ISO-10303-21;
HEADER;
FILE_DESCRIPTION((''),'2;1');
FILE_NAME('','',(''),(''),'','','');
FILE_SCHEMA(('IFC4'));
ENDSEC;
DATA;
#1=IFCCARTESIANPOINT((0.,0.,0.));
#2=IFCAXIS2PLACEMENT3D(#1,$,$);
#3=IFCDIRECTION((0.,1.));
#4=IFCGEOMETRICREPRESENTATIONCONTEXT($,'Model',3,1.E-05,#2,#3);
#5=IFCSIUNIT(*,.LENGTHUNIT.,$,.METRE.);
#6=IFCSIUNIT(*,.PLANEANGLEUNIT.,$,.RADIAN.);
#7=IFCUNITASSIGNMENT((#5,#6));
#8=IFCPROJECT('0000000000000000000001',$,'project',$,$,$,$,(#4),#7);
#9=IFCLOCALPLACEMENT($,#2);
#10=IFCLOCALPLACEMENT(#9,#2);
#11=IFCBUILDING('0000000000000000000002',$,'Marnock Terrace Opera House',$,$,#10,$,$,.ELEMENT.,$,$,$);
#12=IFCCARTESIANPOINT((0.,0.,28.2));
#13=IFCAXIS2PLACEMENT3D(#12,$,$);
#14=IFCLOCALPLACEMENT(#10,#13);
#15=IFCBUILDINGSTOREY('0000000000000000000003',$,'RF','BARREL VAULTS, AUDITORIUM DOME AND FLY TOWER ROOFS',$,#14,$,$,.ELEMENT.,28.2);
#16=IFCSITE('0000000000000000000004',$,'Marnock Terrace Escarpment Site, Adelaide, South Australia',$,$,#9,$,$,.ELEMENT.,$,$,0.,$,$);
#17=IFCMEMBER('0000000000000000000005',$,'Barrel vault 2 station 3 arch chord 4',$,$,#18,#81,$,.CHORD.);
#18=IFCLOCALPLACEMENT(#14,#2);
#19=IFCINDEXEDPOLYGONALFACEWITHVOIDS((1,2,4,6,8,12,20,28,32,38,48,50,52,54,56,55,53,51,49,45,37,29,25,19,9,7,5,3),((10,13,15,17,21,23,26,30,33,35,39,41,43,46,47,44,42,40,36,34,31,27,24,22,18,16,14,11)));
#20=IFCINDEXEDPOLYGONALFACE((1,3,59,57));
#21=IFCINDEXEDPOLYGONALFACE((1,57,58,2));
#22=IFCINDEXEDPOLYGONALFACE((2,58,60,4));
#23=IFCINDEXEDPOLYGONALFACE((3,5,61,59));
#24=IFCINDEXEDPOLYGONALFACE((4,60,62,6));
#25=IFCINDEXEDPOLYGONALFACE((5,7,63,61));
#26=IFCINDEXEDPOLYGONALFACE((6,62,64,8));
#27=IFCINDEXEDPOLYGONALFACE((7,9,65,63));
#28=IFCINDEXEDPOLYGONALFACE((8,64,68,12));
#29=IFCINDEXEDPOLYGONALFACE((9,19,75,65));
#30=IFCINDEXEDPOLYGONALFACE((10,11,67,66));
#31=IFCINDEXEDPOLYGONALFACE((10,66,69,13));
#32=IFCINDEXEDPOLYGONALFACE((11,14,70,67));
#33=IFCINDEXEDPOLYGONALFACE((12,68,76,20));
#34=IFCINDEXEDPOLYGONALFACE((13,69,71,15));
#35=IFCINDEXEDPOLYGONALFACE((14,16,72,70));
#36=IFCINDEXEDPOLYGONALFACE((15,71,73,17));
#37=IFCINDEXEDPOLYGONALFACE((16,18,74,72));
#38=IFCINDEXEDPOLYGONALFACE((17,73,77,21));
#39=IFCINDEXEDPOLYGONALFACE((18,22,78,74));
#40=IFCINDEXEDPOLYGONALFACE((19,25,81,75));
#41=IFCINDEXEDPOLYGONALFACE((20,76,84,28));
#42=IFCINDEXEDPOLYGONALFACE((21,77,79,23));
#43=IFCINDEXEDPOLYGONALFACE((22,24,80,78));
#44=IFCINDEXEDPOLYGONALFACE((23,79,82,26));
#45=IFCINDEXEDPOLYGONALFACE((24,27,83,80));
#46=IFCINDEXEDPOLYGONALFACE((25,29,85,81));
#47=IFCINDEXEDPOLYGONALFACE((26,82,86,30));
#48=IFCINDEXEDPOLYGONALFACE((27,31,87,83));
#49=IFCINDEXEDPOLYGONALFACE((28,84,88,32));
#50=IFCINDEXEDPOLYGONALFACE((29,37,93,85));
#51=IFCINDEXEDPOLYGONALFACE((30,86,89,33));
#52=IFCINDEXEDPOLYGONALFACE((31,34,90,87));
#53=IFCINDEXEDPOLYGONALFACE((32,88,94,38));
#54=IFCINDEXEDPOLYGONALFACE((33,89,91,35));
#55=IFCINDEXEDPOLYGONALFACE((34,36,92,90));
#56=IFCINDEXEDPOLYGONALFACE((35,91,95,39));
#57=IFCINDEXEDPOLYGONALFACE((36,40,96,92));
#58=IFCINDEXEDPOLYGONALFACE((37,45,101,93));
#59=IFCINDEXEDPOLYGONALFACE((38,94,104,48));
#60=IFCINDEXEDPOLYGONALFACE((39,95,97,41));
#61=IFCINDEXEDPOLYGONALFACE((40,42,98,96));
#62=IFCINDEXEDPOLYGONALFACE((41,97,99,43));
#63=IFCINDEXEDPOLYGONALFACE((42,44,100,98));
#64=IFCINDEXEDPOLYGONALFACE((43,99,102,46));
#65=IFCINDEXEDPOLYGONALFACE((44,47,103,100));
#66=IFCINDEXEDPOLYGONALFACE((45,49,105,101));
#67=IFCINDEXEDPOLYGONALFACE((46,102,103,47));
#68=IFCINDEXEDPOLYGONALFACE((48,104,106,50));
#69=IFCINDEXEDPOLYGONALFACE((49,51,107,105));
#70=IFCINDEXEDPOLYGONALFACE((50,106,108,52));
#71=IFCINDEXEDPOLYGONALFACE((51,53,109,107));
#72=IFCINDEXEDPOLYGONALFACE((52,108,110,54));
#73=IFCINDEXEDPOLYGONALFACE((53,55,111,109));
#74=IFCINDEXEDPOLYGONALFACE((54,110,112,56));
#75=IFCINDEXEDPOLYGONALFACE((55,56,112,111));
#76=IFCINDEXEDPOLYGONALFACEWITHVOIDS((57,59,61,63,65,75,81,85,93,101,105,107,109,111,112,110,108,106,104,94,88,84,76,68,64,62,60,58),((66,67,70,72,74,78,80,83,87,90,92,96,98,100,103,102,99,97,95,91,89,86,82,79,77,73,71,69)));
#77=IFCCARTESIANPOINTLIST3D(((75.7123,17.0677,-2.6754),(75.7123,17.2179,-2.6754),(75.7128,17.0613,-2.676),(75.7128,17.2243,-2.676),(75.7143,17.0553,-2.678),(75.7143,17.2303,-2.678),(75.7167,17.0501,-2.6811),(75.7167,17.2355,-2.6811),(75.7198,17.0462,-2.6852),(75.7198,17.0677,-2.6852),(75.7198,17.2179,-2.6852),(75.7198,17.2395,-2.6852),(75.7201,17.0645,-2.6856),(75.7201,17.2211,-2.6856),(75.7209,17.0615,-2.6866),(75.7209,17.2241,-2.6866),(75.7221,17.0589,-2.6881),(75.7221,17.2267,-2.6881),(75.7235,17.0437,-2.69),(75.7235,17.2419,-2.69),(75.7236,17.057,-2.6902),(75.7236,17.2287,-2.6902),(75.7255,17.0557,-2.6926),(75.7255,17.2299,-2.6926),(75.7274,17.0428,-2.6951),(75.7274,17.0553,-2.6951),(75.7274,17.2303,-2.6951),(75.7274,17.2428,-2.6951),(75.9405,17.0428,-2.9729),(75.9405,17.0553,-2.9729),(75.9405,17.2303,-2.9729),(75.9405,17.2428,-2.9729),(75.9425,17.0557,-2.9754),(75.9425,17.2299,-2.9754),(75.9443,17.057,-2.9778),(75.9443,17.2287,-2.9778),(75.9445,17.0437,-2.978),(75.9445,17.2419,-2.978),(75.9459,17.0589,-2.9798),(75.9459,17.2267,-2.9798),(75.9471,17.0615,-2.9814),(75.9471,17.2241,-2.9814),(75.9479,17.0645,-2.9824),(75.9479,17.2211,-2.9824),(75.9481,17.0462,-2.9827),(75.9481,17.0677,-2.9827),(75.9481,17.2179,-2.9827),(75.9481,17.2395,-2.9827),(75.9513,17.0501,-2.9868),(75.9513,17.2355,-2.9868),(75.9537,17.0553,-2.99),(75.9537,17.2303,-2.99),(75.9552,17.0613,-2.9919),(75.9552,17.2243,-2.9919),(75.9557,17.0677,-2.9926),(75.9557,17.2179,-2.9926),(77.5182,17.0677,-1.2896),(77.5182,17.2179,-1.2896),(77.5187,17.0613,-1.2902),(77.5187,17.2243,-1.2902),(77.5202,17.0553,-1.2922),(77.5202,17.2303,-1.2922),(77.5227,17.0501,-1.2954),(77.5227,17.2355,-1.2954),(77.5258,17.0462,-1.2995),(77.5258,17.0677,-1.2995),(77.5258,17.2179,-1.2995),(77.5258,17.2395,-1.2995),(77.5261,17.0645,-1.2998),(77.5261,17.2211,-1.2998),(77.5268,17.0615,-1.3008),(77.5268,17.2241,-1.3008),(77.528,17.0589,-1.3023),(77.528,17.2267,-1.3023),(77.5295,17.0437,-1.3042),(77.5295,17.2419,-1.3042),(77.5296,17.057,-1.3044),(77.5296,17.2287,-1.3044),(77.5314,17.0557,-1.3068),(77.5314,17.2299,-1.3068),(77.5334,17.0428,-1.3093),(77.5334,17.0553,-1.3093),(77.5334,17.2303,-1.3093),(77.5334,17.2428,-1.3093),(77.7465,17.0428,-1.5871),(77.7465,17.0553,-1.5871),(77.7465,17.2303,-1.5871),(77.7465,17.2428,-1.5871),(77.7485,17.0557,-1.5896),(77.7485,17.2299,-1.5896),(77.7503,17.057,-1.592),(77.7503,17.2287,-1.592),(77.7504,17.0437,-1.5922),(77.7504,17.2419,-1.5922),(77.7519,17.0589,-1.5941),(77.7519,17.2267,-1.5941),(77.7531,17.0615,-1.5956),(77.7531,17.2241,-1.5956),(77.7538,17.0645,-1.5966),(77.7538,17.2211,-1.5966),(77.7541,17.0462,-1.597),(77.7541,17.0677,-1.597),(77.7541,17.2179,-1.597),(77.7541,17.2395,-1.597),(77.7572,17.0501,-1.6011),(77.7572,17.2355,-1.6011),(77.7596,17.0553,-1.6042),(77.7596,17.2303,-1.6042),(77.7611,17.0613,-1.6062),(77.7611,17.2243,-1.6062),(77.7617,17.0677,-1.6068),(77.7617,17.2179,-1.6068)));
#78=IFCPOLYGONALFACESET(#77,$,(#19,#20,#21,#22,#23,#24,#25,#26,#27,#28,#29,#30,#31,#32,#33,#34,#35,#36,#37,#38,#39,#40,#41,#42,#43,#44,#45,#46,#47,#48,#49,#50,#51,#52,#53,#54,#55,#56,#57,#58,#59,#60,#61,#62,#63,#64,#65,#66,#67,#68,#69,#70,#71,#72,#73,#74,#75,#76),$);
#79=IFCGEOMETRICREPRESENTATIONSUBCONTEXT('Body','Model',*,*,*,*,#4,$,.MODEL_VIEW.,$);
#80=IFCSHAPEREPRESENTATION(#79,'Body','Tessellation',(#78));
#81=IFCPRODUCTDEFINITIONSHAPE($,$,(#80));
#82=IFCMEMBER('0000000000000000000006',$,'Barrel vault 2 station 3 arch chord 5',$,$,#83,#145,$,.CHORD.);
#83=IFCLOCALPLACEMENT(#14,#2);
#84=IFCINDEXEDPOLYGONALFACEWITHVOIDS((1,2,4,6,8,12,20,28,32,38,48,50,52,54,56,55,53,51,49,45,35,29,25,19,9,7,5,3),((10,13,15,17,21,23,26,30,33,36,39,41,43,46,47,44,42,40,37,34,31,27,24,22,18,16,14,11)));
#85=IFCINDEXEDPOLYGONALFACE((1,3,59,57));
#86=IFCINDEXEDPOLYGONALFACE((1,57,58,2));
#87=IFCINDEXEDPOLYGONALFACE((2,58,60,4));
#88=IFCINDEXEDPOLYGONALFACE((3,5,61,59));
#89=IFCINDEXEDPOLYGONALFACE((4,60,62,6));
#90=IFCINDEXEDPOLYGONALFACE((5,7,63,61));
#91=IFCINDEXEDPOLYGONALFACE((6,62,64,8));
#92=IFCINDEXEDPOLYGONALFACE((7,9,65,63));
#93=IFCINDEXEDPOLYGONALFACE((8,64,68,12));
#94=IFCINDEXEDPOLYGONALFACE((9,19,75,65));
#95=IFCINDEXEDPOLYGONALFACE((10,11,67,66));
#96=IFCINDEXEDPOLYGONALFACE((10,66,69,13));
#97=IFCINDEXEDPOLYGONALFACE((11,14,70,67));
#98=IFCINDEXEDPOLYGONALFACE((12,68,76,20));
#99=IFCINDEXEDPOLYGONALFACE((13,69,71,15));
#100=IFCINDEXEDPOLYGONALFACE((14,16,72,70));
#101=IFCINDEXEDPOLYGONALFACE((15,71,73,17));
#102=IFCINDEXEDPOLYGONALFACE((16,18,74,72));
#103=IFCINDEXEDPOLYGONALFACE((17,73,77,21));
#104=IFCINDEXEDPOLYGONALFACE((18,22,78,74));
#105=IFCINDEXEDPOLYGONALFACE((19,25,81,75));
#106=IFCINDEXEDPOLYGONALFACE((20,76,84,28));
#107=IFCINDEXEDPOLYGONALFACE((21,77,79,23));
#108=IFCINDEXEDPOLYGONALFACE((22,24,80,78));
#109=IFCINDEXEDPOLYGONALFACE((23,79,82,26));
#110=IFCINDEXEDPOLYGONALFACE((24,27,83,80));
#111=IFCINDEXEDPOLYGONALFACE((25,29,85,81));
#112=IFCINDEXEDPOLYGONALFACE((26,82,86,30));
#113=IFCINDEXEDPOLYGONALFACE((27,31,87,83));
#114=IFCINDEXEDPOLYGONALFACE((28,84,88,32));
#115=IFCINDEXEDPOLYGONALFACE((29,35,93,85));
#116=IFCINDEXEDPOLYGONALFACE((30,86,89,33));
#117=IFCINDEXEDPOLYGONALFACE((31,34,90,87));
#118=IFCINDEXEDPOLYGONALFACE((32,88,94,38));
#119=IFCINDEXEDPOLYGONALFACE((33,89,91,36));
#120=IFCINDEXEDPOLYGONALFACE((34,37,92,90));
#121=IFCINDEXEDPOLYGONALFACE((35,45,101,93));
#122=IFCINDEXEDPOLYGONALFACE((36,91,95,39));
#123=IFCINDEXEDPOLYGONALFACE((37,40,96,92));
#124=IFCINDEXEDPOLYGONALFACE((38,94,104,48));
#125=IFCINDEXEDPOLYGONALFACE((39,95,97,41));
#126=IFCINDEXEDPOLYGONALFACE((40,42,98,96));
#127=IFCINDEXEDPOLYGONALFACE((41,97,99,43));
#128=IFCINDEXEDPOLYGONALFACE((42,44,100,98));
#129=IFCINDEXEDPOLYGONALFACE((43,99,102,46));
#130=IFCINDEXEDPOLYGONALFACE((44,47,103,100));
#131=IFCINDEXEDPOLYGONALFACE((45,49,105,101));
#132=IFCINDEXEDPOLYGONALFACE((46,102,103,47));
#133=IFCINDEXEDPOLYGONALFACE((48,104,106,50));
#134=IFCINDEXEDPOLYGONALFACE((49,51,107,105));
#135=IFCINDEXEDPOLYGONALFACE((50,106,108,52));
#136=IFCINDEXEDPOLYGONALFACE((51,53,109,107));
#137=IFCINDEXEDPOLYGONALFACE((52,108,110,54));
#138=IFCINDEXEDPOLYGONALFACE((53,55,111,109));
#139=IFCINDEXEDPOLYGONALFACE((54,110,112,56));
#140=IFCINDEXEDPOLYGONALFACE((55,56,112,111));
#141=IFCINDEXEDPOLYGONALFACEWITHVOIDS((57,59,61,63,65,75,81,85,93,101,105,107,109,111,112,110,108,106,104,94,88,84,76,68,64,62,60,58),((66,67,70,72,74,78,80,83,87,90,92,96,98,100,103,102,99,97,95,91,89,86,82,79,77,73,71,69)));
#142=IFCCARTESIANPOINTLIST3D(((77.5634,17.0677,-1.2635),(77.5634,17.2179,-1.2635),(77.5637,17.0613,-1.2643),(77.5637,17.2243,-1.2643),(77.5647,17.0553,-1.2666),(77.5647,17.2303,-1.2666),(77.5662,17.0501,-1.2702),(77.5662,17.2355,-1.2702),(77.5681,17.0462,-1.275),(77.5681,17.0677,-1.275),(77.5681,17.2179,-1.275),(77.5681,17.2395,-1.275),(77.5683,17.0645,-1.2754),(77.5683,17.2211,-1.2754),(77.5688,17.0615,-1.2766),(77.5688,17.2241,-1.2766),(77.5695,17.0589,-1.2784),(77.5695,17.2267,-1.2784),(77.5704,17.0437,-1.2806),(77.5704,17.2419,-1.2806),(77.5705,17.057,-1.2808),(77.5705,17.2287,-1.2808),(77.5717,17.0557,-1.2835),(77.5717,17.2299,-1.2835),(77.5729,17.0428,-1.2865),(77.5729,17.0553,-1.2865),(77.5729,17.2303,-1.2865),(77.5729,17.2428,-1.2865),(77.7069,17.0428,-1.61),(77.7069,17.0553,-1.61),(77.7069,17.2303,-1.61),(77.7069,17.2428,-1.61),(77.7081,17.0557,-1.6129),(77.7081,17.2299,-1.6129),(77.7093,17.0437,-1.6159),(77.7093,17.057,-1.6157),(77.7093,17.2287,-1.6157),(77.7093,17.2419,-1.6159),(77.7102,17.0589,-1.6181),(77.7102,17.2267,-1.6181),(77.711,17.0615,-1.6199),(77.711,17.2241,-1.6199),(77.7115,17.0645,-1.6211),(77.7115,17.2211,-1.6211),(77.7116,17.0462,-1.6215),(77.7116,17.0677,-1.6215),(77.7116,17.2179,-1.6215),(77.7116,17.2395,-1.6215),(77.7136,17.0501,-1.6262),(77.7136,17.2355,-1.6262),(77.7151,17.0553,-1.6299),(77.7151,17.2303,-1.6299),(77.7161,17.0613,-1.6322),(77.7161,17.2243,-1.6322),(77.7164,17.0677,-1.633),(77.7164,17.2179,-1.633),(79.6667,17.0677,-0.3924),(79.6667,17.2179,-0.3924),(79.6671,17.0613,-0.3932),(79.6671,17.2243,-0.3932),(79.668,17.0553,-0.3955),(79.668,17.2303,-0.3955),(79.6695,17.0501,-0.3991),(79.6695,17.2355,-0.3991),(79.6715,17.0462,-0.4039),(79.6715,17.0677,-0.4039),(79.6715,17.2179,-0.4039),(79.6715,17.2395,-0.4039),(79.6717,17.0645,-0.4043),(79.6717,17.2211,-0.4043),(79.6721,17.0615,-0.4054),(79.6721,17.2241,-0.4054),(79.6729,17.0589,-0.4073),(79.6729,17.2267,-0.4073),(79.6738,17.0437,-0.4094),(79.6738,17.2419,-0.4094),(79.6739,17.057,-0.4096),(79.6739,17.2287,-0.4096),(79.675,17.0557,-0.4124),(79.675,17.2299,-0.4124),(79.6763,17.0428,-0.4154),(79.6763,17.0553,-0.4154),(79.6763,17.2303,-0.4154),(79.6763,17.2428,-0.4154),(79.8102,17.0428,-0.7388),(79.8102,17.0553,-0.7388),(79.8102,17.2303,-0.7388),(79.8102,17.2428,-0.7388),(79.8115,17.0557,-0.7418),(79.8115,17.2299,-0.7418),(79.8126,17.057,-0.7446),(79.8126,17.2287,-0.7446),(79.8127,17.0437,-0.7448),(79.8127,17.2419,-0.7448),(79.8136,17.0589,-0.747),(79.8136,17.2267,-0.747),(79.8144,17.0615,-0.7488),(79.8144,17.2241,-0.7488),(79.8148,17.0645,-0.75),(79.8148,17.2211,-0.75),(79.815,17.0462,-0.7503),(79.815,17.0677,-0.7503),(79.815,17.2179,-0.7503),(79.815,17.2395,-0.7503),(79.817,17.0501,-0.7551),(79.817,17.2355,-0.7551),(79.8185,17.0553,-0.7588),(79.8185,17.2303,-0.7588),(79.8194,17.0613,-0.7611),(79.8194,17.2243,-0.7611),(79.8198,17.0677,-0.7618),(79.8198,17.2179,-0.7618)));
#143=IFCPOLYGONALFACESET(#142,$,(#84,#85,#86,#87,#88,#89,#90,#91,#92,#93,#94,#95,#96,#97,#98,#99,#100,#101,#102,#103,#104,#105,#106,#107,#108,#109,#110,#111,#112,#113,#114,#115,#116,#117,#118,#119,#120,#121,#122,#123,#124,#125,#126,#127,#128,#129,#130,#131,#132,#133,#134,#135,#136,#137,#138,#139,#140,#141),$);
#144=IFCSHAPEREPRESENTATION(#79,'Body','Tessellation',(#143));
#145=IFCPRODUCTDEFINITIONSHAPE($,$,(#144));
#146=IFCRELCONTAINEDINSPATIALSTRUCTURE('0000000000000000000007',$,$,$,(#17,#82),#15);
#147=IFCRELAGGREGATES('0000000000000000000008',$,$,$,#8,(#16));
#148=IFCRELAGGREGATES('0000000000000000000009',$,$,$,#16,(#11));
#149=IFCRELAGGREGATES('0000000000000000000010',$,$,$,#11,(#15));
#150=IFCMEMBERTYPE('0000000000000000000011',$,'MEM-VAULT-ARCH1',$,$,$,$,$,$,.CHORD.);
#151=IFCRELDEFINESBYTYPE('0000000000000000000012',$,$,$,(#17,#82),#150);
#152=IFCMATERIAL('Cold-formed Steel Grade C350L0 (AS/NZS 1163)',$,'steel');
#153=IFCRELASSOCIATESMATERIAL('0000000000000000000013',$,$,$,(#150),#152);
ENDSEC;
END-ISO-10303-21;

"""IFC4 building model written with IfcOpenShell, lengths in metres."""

from ifc_helpers import new_model, si_unit, direction, frame, origin, origin_2d, place, context, subcontext, project, spatial, hollow_rectangle, extrude, material, material_profile, profile_set, type_object, element, save


model = new_model("IFC4")

# Units and contexts
model_context = context("Model", 3, precision=1e-05, world=origin(), true_north=direction((0.0, 1.0)))
body_context = subcontext(model_context, "Body", "Model", "MODEL_VIEW")
ifc_project = project(units=[si_unit("LENGTHUNIT", "METRE"), si_unit("PLANEANGLEUNIT", "RADIAN")], contexts=[model_context])

# Site, building, storey
site_placement = place(None, origin())
site = spatial("IfcSite", under=ifc_project, at=site_placement, Name="Marnock Terrace Escarpment Site, Adelaide, South Australia", CompositionType="ELEMENT", RefElevation=0.0)
building_placement = place(site_placement, origin())
building = spatial("IfcBuilding", under=site, at=building_placement, Name="Marnock Terrace Opera House", CompositionType="ELEMENT")
storey_placement = place(building_placement, frame((0.0, 0.0, 28.2)))
storey = spatial("IfcBuildingStorey", under=building, at=storey_placement, Name="RF", Description="BARREL VAULTS, AUDITORIUM DOME AND FLY TOWER ROOFS", CompositionType="ELEMENT", Elevation=28.2)

# Members
ifc_material = material(Name="Cold-formed Steel Grade C350L0 (AS/NZS 1163)", Category="steel")
ifc_material_profile_1 = material_profile(ifc_material, hollow_rectangle(XDim=0.2, YDim=0.3999, WallThickness=0.0125, InnerFilletRadius=0.0125, OuterFilletRadius=0.0249, at=origin_2d()))
ifc_profile_set_1 = profile_set([ifc_material_profile_1], Name="Cold-formed Steel Grade C350L0 (AS/NZS 1163)")
member_type_1 = type_object("IfcMemberType", Name="MEM-VAULT-ARCH1", PredefinedType="CHORD", material=ifc_profile_set_1)
for number, where, z_axis, x_axis, name in (
    (1, (75.834, 17.1428, -2.834), (0.793349, 0.0, 0.608767), (0.0, 1.0, 0.0), "Barrel vault 2 station 3 arch chord 4"),
):
    element("IfcMember", number, at=place(storey_placement, frame(where, z_axis=z_axis, x_axis=x_axis)), inside=storey, type_object=member_type_1, Name=name, PredefinedType="CHORD", context=body_context, shape_type="SweptSolid", body=[
        extrude(hollow_rectangle(XDim=0.2, YDim=0.3999, WallThickness=0.0125, InnerFilletRadius=0.0125, OuterFilletRadius=0.0249, at=origin_2d()), origin(), (0.0, 0.0, 1.0), 2.2764),
    ])
member_1_placement = place(storey_placement, frame((77.6399, 17.1428, -1.4482), z_axis=(0.923897, 0.0, 0.382642), x_axis=(0.0, 1.0, 0.0)))
element("IfcMember", 2, at=member_1_placement, inside=storey, type_object=member_type_1, Name="Barrel vault 2 station 3 arch chord 5", PredefinedType="CHORD", context=body_context, shape_type="SweptSolid", body=[
    extrude(hollow_rectangle(XDim=0.2, YDim=0.3999, WallThickness=0.0125, InnerFilletRadius=0.0125, OuterFilletRadius=0.0249, at=origin_2d()), origin(), (0.0, 0.0, 1.0), 2.2766),
])

save(model, "model.ifc")
